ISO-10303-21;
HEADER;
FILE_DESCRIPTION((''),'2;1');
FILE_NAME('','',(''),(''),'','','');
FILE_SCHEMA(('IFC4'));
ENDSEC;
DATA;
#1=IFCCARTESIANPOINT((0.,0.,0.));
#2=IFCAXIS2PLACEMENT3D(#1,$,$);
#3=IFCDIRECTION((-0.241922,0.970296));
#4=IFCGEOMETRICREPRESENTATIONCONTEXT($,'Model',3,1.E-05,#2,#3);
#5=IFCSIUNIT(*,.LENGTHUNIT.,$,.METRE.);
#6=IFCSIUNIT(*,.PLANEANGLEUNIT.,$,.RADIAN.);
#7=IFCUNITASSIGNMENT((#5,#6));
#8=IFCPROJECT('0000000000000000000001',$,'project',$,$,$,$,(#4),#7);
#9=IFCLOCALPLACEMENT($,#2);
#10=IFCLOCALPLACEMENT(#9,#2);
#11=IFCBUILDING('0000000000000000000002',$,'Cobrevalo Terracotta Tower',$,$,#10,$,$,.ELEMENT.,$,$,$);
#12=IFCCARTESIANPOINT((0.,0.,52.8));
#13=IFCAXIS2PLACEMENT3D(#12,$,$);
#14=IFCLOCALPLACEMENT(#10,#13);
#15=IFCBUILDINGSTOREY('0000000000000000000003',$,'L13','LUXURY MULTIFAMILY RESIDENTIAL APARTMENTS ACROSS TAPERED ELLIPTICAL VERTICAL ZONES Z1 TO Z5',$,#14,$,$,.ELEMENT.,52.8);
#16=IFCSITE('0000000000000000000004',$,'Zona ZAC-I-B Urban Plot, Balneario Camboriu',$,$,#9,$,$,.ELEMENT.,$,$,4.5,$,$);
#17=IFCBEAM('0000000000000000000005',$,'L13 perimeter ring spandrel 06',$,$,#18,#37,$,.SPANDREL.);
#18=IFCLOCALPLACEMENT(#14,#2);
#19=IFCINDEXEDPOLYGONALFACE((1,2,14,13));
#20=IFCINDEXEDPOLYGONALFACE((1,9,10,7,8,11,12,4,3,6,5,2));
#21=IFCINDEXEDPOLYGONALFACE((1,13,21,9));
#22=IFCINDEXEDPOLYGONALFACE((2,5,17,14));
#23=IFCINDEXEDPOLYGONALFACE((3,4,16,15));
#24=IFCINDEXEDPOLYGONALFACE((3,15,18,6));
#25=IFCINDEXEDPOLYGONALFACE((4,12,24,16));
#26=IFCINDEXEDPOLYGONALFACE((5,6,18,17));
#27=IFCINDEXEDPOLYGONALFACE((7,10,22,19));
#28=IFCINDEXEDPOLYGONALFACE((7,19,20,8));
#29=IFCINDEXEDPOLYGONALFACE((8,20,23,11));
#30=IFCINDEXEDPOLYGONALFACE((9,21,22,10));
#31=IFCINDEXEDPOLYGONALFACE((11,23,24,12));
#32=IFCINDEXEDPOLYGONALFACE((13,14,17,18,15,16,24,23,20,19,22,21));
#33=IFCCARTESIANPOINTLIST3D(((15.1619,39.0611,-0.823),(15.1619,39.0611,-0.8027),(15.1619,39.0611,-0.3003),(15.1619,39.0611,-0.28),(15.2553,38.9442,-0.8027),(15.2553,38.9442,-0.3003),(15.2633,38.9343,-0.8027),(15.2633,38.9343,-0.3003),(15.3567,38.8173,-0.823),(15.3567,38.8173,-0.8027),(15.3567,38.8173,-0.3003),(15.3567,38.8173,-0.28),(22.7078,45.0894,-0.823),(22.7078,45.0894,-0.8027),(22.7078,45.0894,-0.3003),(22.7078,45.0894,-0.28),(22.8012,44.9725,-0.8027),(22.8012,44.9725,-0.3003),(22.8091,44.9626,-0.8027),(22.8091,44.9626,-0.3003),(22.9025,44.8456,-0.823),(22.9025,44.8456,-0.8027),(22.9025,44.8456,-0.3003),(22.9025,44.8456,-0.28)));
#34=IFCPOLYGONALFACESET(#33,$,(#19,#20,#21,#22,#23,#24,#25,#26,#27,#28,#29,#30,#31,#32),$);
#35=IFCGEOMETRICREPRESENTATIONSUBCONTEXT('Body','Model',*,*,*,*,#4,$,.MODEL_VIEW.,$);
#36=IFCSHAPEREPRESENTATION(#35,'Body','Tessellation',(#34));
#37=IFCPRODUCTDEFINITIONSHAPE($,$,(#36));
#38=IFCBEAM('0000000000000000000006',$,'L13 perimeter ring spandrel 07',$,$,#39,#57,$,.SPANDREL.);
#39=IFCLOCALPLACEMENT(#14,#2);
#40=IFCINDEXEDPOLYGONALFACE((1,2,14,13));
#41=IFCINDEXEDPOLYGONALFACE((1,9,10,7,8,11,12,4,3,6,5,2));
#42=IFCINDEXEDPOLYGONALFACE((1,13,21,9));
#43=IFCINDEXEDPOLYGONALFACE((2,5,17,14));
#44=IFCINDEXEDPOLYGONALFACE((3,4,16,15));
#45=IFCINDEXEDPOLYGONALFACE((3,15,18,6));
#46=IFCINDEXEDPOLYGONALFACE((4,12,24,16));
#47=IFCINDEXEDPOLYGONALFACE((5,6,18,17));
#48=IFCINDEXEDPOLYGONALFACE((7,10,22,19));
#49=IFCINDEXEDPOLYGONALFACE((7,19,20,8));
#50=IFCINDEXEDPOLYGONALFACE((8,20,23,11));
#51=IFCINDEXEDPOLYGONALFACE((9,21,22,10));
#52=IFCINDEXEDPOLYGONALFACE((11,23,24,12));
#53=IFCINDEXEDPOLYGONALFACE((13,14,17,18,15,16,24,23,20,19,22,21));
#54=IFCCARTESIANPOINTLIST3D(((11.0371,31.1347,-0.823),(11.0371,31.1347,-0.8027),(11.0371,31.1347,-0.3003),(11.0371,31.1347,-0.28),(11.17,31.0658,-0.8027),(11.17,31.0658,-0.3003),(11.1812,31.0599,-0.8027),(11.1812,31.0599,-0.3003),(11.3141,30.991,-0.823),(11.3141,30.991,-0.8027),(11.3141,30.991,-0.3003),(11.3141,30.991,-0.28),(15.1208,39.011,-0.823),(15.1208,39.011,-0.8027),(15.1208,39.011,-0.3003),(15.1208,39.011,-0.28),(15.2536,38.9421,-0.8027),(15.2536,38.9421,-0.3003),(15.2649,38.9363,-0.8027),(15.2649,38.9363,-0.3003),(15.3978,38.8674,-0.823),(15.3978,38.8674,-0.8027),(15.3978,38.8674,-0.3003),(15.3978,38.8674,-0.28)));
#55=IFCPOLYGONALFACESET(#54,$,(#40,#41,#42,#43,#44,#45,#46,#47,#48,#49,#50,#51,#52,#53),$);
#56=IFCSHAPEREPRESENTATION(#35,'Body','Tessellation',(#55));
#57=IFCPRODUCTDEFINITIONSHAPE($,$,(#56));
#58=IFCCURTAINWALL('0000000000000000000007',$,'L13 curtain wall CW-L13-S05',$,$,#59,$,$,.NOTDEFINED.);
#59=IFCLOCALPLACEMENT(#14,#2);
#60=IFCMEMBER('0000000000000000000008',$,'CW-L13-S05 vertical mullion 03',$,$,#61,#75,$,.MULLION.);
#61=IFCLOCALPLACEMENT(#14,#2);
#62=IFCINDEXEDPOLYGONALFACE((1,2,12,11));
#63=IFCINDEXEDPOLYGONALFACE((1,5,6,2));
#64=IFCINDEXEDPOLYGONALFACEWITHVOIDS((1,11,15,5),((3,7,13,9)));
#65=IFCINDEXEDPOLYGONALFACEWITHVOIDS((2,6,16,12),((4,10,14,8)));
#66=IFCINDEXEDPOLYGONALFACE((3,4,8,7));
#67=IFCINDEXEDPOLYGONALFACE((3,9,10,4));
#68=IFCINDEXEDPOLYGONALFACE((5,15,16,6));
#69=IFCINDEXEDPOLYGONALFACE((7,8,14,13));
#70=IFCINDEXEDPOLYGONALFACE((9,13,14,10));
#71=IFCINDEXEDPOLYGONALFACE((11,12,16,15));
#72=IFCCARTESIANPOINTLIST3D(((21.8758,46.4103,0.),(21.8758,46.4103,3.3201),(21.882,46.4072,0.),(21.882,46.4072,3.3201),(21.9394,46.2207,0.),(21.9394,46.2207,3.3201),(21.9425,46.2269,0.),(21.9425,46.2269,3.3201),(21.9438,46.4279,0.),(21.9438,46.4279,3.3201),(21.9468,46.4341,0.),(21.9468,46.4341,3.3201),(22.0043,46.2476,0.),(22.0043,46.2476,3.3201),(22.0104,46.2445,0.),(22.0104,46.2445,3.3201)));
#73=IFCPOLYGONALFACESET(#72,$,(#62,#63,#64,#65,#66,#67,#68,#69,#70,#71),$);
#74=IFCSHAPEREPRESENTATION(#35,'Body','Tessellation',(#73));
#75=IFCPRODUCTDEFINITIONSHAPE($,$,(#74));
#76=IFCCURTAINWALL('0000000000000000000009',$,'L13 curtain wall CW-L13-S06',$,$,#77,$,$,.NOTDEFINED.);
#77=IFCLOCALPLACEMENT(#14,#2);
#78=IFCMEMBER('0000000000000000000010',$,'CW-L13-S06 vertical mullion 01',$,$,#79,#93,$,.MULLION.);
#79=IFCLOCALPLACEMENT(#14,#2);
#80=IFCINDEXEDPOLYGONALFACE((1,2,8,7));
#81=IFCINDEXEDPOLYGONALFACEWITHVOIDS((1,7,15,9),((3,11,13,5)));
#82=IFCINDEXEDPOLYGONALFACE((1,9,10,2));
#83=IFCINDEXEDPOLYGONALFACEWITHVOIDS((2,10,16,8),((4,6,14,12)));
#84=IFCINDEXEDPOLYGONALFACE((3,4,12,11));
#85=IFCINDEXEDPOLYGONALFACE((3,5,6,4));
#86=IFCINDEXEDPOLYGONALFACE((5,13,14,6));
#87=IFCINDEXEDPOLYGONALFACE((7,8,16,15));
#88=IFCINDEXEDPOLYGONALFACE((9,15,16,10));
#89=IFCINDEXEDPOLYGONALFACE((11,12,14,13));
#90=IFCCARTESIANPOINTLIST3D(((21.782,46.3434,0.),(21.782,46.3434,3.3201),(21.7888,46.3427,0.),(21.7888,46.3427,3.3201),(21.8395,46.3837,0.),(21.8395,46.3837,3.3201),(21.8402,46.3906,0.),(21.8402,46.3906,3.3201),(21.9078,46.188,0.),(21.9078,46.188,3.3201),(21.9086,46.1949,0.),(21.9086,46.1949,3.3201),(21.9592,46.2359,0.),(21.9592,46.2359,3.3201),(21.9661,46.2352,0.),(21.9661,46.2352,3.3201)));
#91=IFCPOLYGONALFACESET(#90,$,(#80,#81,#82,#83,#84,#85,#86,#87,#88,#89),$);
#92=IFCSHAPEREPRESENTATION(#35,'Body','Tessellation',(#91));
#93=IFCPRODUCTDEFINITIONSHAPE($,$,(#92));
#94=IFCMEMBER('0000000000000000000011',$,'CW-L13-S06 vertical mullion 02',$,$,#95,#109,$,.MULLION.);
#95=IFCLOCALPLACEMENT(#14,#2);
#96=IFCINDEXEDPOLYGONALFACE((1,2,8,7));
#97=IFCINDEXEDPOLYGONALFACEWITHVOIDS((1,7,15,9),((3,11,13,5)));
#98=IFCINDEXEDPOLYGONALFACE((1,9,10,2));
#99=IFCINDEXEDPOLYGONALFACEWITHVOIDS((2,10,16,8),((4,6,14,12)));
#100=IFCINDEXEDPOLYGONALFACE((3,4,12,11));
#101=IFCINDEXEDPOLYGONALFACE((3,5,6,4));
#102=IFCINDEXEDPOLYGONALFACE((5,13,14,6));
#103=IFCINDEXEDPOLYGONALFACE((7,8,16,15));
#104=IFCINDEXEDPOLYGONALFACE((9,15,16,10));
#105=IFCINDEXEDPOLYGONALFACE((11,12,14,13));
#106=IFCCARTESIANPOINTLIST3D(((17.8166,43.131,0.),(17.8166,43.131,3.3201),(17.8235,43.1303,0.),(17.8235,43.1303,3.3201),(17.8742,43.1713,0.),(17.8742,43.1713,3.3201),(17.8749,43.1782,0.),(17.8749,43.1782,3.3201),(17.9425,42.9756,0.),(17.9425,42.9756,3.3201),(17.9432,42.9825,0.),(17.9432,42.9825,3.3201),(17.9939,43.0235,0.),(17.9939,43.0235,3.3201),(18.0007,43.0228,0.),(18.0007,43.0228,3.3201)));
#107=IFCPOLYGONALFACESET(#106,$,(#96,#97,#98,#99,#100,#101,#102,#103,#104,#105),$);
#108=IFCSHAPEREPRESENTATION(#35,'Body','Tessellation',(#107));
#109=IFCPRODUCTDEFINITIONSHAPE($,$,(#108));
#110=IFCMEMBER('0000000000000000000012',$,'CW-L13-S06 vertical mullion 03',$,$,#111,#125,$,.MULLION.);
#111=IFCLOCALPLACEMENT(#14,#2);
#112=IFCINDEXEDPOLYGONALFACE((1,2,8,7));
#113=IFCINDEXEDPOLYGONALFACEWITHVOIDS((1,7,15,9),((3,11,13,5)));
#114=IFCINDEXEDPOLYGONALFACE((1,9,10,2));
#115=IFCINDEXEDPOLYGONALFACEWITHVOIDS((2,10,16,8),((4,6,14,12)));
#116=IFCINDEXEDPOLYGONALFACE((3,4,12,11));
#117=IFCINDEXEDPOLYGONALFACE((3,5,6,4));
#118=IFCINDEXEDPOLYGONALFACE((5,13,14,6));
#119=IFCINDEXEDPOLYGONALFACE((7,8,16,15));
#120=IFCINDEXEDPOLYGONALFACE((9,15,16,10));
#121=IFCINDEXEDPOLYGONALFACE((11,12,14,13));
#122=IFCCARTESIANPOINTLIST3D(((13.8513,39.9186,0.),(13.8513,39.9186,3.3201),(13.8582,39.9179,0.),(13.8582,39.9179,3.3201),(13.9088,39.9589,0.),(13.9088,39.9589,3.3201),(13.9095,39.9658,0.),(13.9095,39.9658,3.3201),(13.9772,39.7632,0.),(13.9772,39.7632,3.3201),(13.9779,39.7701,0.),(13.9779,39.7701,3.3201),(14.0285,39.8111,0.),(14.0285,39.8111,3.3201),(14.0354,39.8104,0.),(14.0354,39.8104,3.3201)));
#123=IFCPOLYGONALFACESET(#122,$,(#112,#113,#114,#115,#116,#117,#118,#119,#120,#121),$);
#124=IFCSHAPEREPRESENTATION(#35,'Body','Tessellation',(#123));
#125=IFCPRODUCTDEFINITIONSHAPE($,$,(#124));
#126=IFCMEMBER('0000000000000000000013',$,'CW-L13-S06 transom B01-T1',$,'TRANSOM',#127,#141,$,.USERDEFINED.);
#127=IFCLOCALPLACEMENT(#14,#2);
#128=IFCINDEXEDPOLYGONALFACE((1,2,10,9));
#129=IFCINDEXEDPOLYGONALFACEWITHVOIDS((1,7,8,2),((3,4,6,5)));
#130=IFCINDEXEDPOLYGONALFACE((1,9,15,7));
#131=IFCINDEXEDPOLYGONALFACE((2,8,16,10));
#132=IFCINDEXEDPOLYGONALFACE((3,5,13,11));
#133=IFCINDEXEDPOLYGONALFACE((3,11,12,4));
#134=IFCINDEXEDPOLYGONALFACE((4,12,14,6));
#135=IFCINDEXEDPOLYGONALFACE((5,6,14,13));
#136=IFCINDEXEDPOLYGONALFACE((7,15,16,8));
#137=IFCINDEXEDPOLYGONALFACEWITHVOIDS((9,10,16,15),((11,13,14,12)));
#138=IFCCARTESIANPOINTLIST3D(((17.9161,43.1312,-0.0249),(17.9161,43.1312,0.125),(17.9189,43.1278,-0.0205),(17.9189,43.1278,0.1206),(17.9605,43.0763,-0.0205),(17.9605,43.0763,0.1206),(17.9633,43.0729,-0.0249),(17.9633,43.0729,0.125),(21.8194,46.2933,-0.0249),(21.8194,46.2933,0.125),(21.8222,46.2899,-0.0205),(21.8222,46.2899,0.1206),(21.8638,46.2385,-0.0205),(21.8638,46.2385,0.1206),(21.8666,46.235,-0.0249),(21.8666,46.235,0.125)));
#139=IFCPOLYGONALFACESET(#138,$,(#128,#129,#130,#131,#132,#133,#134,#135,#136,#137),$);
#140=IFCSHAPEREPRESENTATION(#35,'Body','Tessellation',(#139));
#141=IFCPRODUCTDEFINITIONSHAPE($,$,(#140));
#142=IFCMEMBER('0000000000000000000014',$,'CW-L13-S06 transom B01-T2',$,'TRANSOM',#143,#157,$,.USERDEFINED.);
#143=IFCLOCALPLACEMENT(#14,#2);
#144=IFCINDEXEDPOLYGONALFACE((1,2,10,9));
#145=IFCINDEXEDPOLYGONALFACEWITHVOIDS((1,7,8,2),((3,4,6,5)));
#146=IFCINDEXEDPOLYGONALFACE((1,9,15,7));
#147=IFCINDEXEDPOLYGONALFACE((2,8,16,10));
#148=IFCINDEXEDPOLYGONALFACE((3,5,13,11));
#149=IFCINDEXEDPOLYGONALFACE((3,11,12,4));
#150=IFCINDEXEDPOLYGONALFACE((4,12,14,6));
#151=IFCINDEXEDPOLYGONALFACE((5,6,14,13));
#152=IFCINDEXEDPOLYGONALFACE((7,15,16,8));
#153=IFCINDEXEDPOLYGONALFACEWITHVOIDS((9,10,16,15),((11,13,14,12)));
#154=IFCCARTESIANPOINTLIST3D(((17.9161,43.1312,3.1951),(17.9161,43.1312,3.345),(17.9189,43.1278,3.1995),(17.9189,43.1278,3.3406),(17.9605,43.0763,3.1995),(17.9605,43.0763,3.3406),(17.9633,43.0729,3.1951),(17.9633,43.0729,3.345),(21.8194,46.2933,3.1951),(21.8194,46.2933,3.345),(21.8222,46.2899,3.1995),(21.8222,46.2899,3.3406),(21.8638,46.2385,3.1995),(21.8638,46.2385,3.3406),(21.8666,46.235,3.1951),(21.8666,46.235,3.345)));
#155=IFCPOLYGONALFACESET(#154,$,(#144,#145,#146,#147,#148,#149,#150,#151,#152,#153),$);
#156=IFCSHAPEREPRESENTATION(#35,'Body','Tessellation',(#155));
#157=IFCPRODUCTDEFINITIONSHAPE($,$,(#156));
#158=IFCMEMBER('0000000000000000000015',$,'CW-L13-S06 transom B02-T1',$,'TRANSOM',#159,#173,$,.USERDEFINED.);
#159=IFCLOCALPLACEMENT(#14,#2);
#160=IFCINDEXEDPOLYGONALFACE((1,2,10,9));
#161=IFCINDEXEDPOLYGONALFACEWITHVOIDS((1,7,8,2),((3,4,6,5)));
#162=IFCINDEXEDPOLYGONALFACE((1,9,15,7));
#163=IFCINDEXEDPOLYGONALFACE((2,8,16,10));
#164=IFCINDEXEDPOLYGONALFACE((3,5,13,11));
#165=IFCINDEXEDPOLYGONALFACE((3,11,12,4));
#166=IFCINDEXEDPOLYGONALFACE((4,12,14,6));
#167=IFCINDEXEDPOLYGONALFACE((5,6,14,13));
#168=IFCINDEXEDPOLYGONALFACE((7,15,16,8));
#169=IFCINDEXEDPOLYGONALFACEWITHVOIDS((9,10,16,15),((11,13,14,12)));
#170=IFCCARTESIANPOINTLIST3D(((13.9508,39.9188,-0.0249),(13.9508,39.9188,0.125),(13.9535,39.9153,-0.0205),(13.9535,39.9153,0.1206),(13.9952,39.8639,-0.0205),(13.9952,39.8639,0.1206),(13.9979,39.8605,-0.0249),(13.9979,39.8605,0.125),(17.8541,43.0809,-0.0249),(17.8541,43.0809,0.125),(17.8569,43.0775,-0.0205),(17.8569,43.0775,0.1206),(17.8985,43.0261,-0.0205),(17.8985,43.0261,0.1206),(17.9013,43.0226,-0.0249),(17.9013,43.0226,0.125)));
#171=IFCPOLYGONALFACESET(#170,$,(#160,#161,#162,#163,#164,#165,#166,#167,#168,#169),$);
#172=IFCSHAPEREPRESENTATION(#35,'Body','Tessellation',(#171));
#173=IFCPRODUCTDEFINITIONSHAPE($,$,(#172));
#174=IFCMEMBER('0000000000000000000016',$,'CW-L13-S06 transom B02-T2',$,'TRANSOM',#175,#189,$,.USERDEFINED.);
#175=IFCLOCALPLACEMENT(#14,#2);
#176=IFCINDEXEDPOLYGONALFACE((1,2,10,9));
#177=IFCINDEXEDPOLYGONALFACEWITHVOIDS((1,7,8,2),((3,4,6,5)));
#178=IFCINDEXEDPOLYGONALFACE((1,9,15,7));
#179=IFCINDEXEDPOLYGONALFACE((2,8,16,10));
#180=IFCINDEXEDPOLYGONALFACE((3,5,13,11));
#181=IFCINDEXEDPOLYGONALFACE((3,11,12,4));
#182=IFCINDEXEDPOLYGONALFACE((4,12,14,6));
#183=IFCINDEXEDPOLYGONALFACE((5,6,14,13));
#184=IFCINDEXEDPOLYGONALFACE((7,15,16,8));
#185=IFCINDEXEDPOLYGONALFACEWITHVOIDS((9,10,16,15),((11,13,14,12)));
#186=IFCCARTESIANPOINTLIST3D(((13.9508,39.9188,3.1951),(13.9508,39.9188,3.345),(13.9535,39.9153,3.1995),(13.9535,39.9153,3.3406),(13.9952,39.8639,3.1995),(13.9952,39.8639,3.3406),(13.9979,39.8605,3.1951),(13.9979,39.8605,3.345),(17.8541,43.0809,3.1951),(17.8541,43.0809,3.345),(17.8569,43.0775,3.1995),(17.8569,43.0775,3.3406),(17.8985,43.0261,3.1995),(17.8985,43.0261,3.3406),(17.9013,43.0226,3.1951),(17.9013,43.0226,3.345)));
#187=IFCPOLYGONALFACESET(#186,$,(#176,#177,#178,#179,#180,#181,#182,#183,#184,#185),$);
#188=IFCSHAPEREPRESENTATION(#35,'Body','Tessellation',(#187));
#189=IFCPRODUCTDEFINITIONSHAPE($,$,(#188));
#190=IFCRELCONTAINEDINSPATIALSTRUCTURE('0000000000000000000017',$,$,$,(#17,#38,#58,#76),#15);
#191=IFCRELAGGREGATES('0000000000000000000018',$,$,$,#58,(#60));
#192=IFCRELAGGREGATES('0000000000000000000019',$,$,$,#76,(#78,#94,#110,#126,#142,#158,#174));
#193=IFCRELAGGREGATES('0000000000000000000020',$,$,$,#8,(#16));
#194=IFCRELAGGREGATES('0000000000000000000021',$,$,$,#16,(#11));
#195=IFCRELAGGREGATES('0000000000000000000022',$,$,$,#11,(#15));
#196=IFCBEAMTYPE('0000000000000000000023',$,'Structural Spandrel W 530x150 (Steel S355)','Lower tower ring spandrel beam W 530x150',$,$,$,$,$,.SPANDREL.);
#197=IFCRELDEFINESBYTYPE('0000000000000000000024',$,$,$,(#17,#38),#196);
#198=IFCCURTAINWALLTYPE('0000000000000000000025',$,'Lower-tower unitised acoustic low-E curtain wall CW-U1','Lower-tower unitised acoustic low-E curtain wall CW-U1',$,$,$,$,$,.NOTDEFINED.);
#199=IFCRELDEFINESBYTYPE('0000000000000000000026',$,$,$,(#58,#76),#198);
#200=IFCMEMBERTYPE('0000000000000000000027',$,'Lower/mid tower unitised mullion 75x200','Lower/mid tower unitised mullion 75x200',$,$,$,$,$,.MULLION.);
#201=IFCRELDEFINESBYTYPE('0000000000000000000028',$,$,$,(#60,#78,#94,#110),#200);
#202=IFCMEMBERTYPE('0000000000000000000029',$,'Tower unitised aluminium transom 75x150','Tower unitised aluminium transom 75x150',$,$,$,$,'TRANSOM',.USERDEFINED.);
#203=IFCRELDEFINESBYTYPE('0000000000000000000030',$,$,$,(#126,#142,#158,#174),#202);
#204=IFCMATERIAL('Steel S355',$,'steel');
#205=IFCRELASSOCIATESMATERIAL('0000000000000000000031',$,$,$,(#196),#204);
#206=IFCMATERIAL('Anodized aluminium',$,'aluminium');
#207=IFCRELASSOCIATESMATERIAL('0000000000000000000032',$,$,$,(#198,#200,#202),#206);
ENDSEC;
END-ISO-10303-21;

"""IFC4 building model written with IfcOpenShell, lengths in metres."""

from ifc_helpers import new_model, si_unit, direction, frame, origin, origin_2d, place, context, subcontext, project, spatial, hollow_rectangle, i_section, extrude, source, transform, mapped, material, material_profile, profile_set, type_object, element, aggregate, save


model = new_model("IFC4")

# Units and contexts
model_context = context("Model", 3, precision=1e-05, world=origin(), true_north=direction((-0.241922, 0.970296)))
body_context = subcontext(model_context, "Body", "Model", "MODEL_VIEW")
ifc_project = project(units=[si_unit("LENGTHUNIT", "METRE"), si_unit("PLANEANGLEUNIT", "RADIAN")], contexts=[model_context])

# Site, building, storey
site_placement = place(None, origin())
site = spatial("IfcSite", under=ifc_project, at=site_placement, Name="Zona ZAC-I-B Urban Plot, Balneario Camboriu", CompositionType="ELEMENT", RefElevation=4.5)
building_placement = place(site_placement, origin())
building = spatial("IfcBuilding", under=site, at=building_placement, Name="Cobrevalo Terracotta Tower", CompositionType="ELEMENT")
storey_placement = place(building_placement, frame((0.0, 0.0, 52.8)))
storey = spatial("IfcBuildingStorey", under=building, at=storey_placement, Name="L13", Description="LUXURY MULTIFAMILY RESIDENTIAL APARTMENTS ACROSS TAPERED ELLIPTICAL VERTICAL ZONES Z1 TO Z5", CompositionType="ELEMENT", Elevation=52.8)

# Shared definitions
ifc_material_1 = material(Name="Steel S355", Category="steel")

# Beams
ifc_material_profile_1 = material_profile(ifc_material_1, i_section(OverallWidth=0.312, OverallDepth=0.543, WebThickness=0.0127, FlangeThickness=0.0203, at=origin_2d()), Name="W 530x150")
ifc_profile_set_1 = profile_set([ifc_material_profile_1], Name="Steel S355")
beam_type_1 = type_object("IfcBeamType", Name="Structural Spandrel W 530x150 (Steel S355)", Description="Lower tower ring spandrel beam W 530x150", PredefinedType="SPANDREL", material=ifc_profile_set_1)
beam_1_placement = place(storey_placement, frame((22.8052, 44.9675, -0.5515), z_axis=(-0.781293, -0.624165, 0.0), x_axis=(0.624165, -0.781293, 0.0)))
element("IfcBeam", 1, at=beam_1_placement, inside=storey, type_object=beam_type_1, Name="L13 perimeter ring spandrel 06", PredefinedType="SPANDREL", context=body_context, shape_type="SweptSolid", body=[
    extrude(i_section(OverallWidth=0.312, OverallDepth=0.543, WebThickness=0.0127, FlangeThickness=0.0203, at=origin_2d()), origin(), (0.0, 0.0, 1.0), 9.6582),
])
beam_2_placement = place(storey_placement, frame((15.2593, 38.9392, -0.5515), z_axis=(-0.460286, -0.887771, 0.0), x_axis=(0.887771, -0.460286, 0.0)))
element("IfcBeam", 2, at=beam_2_placement, inside=storey, type_object=beam_type_1, Name="L13 perimeter ring spandrel 07", PredefinedType="SPANDREL", context=body_context, shape_type="SweptSolid", body=[
    extrude(i_section(OverallWidth=0.312, OverallDepth=0.543, WebThickness=0.0127, FlangeThickness=0.0203, at=origin_2d()), origin(), (0.0, 0.0, 1.0), 8.8721),
])

# Curtain wall, member
ifc_material_2 = material(Name="Anodized aluminium", Category="aluminium")
curtain_wall_type = type_object("IfcCurtainWallType", Name="Lower-tower unitised acoustic low-E curtain wall CW-U1", Description="Lower-tower unitised acoustic low-E curtain wall CW-U1", PredefinedType="NOTDEFINED", material=ifc_material_2)
curtain_wall_1_placement = place(storey_placement, origin())
curtain_wall_1 = element("IfcCurtainWall", 3, at=curtain_wall_1_placement, inside=storey, type_object=curtain_wall_type, Name="L13 curtain wall CW-L13-S05", PredefinedType="NOTDEFINED")
ifc_material_profile_2 = material_profile(ifc_material_2, hollow_rectangle(XDim=0.075, YDim=0.2, WallThickness=0.0049, at=origin_2d()), Name="CWM 75x200")
ifc_profile_set_2 = profile_set([ifc_material_profile_2], Name="Anodized aluminium")
member_type_1 = type_object("IfcMemberType", Name="Lower/mid tower unitised mullion 75x200", Description="Lower/mid tower unitised mullion 75x200", PredefinedType="MULLION", material=ifc_profile_set_2)
shared_shape_1 = source(origin(), body_context, "Body", "SweptSolid", [
    extrude(hollow_rectangle(XDim=0.075, YDim=0.2, WallThickness=0.0049, at=origin_2d()), origin(), (0.0, 0.0, 1.0), 3.3201),
])
member_1_placement = place(storey_placement, frame((21.9431, 46.3274, 0.0), z_axis=(0.0, 0.0, 1.0), x_axis=(-0.948046, -0.318132, 0.0)))
member_1 = element("IfcMember", 4, at=member_1_placement, type_object=member_type_1, Name="CW-L13-S05 vertical mullion 03", PredefinedType="MULLION", context=body_context, shape_type="MappedRepresentation", body=[
    mapped(shared_shape_1, transform((0.0, 0.0, 0.0), scale=1.0)),
])
aggregate(curtain_wall_1, [member_1])

# Curtain wall, members
curtain_wall_2_placement = place(storey_placement, origin())
curtain_wall_2 = element("IfcCurtainWall", 5, at=curtain_wall_2_placement, inside=storey, type_object=curtain_wall_type, Name="L13 curtain wall CW-L13-S06", PredefinedType="NOTDEFINED")
member_2_placement = place(storey_placement, frame((21.874, 46.2893, 0.0), z_axis=(0.0, 0.0, 1.0), x_axis=(-0.777003, -0.629497, 0.0)))
member_2 = element("IfcMember", 6, at=member_2_placement, type_object=member_type_1, Name="CW-L13-S06 vertical mullion 01", PredefinedType="MULLION", context=body_context, shape_type="MappedRepresentation", body=[
    mapped(shared_shape_1, transform((0.0, 0.0, 0.0), scale=1.0)),
])
member_3_placement = place(storey_placement, frame((17.9087, 43.0769, 0.0), z_axis=(0.0, 0.0, 1.0), x_axis=(-0.777003, -0.629497, 0.0)))
member_3 = element("IfcMember", 7, at=member_3_placement, type_object=member_type_1, Name="CW-L13-S06 vertical mullion 02", PredefinedType="MULLION", context=body_context, shape_type="MappedRepresentation", body=[
    mapped(shared_shape_1, transform((0.0, 0.0, 0.0), scale=1.0)),
])
member_4_placement = place(storey_placement, frame((13.9434, 39.8645, 0.0), z_axis=(0.0, 0.0, 1.0), x_axis=(-0.777003, -0.629497, 0.0)))
member_4 = element("IfcMember", 8, at=member_4_placement, type_object=member_type_1, Name="CW-L13-S06 vertical mullion 03", PredefinedType="MULLION", context=body_context, shape_type="MappedRepresentation", body=[
    mapped(shared_shape_1, transform((0.0, 0.0, 0.0), scale=1.0)),
])
ifc_material_profile_3 = material_profile(ifc_material_2, hollow_rectangle(XDim=0.075, YDim=0.1499, WallThickness=0.0044, at=origin_2d()), Name="CWT 75x150")
ifc_profile_set_3 = profile_set([ifc_material_profile_3], Name="Anodized aluminium")
member_type_2 = type_object("IfcMemberType", Name="Tower unitised aluminium transom 75x150", Description="Tower unitised aluminium transom 75x150", ElementType="TRANSOM", PredefinedType="USERDEFINED", material=ifc_profile_set_3)
shared_shape_2 = source(origin(), body_context, "Body", "SweptSolid", [
    extrude(hollow_rectangle(XDim=0.075, YDim=0.1499, WallThickness=0.0044, at=origin_2d()), origin(), (0.0, 0.0, 1.0), 5.0234),
])
member_5_placement = place(storey_placement, frame((21.843, 46.2642, 0.05), z_axis=(-0.777023, -0.629472, 0.0), x_axis=(0.629472, -0.777023, 0.0)))
member_5 = element("IfcMember", 9, at=member_5_placement, type_object=member_type_2, Name="CW-L13-S06 transom B01-T1", ObjectType="TRANSOM", PredefinedType="USERDEFINED", context=body_context, shape_type="MappedRepresentation", body=[
    mapped(shared_shape_2, transform((0.0, 0.0, 0.0), scale=1.0)),
])
member_6_placement = place(storey_placement, frame((21.843, 46.2642, 3.27), z_axis=(-0.777023, -0.629472, 0.0), x_axis=(0.629472, -0.777023, 0.0)))
member_6 = element("IfcMember", 10, at=member_6_placement, type_object=member_type_2, Name="CW-L13-S06 transom B01-T2", ObjectType="TRANSOM", PredefinedType="USERDEFINED", context=body_context, shape_type="MappedRepresentation", body=[
    mapped(shared_shape_2, transform((0.0, 0.0, 0.0), scale=1.0)),
])
member_7_placement = place(storey_placement, frame((17.8777, 43.0518, 0.05), z_axis=(-0.777023, -0.629472, 0.0), x_axis=(0.629472, -0.777023, 0.0)))
member_7 = element("IfcMember", 11, at=member_7_placement, type_object=member_type_2, Name="CW-L13-S06 transom B02-T1", ObjectType="TRANSOM", PredefinedType="USERDEFINED", context=body_context, shape_type="MappedRepresentation", body=[
    mapped(shared_shape_2, transform((0.0, 0.0, 0.0), scale=1.0)),
])
member_8_placement = place(storey_placement, frame((17.8777, 43.0518, 3.27), z_axis=(-0.777023, -0.629472, 0.0), x_axis=(0.629472, -0.777023, 0.0)))
member_8 = element("IfcMember", 12, at=member_8_placement, type_object=member_type_2, Name="CW-L13-S06 transom B02-T2", ObjectType="TRANSOM", PredefinedType="USERDEFINED", context=body_context, shape_type="MappedRepresentation", body=[
    mapped(shared_shape_2, transform((0.0, 0.0, 0.0), scale=1.0)),
])
aggregate(curtain_wall_2, [member_2, member_3, member_4, member_5, member_6, member_7, member_8])

save(model, "model.ifc")
